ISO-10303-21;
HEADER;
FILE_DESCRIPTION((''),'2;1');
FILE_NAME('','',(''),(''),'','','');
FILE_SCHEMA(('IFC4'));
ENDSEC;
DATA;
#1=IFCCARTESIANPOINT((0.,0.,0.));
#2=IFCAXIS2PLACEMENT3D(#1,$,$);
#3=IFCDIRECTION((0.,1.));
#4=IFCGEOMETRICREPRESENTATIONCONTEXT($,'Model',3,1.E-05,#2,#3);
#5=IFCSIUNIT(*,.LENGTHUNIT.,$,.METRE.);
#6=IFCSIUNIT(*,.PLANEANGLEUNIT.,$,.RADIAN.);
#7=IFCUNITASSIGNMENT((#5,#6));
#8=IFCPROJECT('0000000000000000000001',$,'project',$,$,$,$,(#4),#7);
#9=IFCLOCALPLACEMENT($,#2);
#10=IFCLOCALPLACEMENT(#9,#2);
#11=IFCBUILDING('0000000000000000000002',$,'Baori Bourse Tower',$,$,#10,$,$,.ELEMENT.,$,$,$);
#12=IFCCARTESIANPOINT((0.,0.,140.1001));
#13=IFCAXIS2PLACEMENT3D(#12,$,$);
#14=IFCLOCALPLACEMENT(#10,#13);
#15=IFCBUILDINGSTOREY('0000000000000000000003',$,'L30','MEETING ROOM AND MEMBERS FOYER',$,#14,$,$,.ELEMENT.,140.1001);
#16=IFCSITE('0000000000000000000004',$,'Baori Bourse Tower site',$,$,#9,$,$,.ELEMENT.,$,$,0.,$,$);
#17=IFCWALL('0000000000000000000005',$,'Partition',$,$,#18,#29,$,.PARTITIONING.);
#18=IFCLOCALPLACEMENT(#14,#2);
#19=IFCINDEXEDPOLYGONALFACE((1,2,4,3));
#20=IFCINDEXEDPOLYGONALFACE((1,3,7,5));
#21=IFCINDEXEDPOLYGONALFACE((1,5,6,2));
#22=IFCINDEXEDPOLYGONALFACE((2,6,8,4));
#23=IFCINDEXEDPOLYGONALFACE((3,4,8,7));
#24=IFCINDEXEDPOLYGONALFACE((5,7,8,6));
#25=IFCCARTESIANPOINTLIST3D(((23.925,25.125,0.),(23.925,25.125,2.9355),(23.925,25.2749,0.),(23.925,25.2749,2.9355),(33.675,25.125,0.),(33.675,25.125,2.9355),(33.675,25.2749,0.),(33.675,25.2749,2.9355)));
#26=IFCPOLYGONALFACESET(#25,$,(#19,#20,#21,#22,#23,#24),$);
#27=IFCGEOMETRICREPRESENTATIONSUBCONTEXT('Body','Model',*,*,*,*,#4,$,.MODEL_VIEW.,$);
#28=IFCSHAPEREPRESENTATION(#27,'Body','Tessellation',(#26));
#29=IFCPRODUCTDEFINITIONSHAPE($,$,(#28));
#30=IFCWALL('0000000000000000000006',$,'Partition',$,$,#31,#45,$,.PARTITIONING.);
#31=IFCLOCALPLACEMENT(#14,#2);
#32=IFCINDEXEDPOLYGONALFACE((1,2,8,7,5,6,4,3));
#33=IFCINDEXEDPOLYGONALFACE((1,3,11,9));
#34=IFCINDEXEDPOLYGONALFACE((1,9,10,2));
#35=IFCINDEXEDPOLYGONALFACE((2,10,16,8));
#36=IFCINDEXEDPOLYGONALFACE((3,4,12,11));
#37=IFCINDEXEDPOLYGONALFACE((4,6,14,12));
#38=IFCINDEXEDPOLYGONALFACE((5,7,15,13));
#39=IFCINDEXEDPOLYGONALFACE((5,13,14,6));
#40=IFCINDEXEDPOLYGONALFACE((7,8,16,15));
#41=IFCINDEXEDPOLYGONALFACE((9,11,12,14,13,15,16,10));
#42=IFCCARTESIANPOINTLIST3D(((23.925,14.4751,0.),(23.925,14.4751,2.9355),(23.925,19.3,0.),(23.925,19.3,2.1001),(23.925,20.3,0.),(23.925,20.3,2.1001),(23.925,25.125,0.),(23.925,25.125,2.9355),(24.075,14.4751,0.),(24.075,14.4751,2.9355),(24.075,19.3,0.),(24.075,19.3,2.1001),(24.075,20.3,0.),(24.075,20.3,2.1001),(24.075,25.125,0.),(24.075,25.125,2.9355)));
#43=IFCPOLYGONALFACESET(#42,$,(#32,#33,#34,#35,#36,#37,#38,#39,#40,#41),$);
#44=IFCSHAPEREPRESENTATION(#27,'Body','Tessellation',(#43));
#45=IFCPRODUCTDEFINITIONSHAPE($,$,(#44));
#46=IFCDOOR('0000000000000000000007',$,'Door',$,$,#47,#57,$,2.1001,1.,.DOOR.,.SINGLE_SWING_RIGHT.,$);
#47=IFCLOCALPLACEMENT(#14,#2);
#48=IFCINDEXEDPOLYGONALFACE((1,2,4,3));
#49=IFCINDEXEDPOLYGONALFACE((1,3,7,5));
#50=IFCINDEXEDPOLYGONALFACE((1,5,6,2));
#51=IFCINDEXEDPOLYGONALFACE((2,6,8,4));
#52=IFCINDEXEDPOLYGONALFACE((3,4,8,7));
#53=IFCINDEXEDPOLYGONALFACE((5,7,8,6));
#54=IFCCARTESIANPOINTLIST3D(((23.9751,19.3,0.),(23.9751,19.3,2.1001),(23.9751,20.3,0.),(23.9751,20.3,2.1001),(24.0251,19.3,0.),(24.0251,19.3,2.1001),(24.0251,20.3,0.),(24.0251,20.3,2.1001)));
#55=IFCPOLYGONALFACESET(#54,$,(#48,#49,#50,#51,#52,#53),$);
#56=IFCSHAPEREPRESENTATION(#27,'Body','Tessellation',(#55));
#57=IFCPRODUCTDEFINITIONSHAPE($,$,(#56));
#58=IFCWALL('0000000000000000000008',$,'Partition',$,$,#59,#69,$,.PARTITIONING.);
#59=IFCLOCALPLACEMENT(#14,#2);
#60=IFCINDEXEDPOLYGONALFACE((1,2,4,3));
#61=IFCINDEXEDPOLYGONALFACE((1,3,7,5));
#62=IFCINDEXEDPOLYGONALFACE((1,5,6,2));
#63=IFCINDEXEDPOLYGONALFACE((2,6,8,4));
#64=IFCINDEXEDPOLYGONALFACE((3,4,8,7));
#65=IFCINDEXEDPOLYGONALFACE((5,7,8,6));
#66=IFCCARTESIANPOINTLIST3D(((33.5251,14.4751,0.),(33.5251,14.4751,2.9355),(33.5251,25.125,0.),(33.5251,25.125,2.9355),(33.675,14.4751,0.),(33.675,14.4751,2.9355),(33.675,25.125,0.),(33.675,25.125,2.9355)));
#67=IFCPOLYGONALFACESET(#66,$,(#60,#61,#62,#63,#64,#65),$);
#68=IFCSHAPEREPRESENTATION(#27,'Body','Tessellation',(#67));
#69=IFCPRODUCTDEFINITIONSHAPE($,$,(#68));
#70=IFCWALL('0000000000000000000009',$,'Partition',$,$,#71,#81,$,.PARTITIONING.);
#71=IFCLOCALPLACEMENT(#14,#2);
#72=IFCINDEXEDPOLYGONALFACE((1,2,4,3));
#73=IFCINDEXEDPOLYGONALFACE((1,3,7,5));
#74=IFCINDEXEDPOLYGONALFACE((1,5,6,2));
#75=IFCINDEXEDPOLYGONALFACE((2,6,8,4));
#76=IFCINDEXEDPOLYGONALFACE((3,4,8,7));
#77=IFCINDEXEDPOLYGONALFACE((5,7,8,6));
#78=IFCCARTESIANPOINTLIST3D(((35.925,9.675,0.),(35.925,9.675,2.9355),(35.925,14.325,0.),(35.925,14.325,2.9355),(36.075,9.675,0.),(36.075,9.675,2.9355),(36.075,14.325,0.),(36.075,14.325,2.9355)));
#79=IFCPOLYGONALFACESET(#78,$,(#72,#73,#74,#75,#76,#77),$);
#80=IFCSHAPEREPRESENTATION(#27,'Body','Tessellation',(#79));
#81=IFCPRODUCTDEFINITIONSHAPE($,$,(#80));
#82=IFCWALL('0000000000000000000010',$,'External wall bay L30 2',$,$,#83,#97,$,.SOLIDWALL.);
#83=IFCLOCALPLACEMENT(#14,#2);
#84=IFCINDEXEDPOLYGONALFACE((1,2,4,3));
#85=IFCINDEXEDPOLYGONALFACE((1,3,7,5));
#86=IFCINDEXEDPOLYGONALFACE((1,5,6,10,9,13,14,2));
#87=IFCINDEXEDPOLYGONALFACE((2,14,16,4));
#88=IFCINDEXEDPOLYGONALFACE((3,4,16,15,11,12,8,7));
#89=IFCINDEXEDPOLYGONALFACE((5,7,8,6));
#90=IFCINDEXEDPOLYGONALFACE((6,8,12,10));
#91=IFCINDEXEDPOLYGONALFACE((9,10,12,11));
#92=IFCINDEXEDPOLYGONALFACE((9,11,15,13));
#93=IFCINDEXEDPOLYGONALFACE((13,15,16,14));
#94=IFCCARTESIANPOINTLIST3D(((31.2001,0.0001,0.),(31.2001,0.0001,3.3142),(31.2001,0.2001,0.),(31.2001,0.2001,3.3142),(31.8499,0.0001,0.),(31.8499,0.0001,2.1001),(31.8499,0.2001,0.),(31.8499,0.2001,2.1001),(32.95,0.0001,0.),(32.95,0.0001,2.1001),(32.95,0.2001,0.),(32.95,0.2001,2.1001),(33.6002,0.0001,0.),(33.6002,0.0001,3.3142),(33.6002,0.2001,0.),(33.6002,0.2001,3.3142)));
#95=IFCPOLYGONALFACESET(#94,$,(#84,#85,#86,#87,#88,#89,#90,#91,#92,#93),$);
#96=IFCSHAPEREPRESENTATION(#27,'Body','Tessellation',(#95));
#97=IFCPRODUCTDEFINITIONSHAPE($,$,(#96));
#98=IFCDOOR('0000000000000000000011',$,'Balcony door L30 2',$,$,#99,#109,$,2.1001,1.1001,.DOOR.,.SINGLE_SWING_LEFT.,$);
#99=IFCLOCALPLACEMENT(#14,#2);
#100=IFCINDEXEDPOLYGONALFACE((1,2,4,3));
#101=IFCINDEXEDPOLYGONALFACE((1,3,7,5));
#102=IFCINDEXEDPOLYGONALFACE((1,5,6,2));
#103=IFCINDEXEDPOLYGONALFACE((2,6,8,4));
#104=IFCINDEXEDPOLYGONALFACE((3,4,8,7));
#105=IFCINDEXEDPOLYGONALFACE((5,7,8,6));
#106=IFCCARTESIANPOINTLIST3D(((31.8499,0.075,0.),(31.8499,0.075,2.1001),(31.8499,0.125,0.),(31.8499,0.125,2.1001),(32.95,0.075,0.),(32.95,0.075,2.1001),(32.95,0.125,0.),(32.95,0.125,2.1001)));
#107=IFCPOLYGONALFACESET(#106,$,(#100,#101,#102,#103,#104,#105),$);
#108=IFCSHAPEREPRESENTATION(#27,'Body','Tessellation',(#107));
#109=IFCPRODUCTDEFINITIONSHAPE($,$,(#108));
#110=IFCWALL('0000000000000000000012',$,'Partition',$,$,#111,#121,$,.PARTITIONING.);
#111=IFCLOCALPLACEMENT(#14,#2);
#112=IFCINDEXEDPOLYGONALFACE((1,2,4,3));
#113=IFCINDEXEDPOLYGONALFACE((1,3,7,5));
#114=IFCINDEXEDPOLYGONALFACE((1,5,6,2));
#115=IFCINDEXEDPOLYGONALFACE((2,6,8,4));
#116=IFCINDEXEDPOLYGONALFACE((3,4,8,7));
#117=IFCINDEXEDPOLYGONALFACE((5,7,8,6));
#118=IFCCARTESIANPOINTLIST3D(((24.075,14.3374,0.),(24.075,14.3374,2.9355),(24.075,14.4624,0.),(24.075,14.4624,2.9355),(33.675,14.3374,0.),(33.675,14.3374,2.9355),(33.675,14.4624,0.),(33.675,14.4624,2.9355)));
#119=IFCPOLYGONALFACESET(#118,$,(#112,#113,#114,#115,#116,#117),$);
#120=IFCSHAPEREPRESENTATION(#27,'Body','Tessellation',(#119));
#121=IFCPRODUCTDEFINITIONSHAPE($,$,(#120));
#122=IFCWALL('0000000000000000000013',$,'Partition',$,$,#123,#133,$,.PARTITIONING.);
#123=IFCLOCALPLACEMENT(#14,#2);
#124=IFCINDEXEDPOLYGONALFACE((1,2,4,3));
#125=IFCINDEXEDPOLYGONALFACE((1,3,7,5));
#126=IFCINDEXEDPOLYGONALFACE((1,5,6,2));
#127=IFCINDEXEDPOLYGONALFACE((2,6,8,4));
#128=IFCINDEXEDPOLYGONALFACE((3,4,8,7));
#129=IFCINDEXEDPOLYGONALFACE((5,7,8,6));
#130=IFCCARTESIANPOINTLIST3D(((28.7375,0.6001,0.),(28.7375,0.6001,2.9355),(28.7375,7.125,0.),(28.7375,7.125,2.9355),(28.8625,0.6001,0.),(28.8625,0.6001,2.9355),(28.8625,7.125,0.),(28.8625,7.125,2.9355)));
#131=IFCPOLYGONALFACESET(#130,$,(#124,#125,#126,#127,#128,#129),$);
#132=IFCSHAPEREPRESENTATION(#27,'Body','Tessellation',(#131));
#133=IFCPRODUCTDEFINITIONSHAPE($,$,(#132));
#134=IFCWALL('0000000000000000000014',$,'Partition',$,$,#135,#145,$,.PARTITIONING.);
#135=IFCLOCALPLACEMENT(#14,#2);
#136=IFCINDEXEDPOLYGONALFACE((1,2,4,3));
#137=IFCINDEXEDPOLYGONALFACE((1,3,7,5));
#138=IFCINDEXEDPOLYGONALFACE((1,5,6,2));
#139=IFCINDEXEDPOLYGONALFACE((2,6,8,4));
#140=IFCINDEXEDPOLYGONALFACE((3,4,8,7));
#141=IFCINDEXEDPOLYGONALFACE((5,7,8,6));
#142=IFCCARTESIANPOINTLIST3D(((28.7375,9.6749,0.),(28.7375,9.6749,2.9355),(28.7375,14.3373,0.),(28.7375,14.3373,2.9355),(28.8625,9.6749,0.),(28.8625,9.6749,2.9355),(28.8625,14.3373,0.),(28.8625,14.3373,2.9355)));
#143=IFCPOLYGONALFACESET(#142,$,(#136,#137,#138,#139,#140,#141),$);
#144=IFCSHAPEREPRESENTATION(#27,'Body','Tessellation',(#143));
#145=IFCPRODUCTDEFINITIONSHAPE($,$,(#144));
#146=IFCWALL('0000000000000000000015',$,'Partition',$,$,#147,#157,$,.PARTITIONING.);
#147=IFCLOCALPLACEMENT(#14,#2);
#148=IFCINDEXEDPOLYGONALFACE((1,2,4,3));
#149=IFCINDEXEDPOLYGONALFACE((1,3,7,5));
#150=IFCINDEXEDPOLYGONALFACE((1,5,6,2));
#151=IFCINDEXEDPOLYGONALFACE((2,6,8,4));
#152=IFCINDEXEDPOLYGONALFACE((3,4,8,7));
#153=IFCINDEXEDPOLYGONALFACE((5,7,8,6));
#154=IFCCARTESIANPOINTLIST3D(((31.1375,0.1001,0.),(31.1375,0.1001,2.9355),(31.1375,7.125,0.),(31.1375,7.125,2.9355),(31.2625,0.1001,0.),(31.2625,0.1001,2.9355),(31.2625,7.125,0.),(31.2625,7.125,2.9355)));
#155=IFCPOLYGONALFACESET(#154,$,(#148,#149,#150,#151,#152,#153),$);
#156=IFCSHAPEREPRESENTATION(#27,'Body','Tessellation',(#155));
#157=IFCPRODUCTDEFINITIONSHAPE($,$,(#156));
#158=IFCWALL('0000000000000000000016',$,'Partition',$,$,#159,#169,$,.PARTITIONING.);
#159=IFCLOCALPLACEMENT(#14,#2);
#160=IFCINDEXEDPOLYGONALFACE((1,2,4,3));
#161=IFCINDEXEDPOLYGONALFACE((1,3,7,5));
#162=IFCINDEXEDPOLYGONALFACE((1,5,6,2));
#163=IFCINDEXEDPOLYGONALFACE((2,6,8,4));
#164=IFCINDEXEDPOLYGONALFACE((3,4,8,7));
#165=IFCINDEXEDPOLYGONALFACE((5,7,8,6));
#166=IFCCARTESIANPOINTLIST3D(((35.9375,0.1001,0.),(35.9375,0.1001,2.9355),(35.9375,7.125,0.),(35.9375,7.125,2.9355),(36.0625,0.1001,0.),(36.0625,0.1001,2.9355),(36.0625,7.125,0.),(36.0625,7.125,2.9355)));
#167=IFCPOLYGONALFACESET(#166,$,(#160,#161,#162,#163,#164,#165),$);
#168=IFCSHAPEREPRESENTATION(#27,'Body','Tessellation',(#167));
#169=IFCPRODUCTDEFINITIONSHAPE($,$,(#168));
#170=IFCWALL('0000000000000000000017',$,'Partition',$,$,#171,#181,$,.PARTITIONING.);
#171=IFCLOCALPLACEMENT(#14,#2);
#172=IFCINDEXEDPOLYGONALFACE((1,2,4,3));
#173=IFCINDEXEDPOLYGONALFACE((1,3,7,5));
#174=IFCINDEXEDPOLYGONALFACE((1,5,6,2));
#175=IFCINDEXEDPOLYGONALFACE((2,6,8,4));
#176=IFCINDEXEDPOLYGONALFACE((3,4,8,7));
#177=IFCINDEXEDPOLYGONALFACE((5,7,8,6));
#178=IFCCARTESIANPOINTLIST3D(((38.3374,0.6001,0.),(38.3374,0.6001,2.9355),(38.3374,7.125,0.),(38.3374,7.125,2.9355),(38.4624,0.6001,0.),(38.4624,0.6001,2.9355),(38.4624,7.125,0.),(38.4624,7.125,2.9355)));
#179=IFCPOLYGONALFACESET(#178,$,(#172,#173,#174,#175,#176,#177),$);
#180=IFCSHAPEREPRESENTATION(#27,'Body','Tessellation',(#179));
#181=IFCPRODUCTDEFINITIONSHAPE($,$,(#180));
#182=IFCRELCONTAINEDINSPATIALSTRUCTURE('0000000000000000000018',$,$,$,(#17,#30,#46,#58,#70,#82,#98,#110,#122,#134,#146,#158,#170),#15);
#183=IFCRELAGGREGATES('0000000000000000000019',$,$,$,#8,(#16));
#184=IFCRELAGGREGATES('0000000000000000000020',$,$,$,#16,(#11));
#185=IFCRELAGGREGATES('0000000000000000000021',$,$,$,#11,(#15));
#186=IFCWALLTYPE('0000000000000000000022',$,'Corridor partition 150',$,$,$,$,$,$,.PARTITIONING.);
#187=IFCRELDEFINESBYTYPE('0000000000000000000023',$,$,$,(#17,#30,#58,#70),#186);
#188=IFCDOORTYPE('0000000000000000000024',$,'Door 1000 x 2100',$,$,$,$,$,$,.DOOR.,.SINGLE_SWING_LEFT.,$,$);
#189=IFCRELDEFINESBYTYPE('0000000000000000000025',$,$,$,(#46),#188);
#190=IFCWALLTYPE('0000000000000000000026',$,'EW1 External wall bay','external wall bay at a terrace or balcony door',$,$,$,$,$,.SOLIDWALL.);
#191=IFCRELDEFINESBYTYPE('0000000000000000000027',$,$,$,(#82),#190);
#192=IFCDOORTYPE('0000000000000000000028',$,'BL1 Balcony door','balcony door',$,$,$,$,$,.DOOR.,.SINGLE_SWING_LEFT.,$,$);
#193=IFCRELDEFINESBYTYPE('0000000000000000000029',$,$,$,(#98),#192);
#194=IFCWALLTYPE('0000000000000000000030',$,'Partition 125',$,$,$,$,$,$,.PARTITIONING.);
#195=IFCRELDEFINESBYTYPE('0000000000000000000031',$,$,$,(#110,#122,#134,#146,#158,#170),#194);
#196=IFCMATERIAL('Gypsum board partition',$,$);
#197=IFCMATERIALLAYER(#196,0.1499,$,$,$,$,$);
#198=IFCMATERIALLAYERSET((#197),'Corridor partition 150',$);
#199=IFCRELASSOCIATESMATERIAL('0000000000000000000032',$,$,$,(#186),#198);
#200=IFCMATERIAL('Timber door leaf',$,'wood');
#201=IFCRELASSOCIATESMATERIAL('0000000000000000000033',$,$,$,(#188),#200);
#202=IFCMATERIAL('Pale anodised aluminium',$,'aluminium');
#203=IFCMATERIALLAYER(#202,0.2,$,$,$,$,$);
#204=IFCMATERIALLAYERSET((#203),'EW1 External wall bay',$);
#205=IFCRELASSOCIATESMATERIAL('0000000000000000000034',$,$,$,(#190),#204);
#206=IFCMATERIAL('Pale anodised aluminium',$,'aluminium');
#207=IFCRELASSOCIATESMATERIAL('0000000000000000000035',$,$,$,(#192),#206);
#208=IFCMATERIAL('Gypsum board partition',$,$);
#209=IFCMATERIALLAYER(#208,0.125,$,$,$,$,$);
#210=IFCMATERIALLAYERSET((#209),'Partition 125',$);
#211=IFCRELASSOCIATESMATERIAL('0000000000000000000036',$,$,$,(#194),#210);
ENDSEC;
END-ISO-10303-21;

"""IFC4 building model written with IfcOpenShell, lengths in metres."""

from ifc_helpers import new_model, si_unit, direction, frame, frame_2d, origin, place, context, subcontext, project, spatial, rectangle, extrude, material, layer, layer_set, type_object, element, fill, save


model = new_model("IFC4")

# Units and contexts
model_context = context("Model", 3, precision=1e-05, world=origin(), true_north=direction((0.0, 1.0)))
body_context = subcontext(model_context, "Body", "Model", "MODEL_VIEW")
ifc_project = project(units=[si_unit("LENGTHUNIT", "METRE"), si_unit("PLANEANGLEUNIT", "RADIAN")], contexts=[model_context])

# Site, building, storey
site_placement = place(None, origin())
site = spatial("IfcSite", under=ifc_project, at=site_placement, Name="Baori Bourse Tower site", CompositionType="ELEMENT", RefElevation=0.0)
building_placement = place(site_placement, origin())
building = spatial("IfcBuilding", under=site, at=building_placement, Name="Baori Bourse Tower", CompositionType="ELEMENT")
storey_placement = place(building_placement, frame((0.0, 0.0, 140.1001)))
storey = spatial("IfcBuildingStorey", under=building, at=storey_placement, Name="L30", Description="MEETING ROOM AND MEMBERS FOYER", CompositionType="ELEMENT", Elevation=140.1001)

# Wall
ifc_material_1 = material(Name="Gypsum board partition")
ifc_layer_1 = layer(ifc_material_1, 0.1499)
ifc_layer_set_1 = layer_set([ifc_layer_1], Name="Corridor partition 150")
wall_type_1 = type_object("IfcWallType", Name="Corridor partition 150", PredefinedType="PARTITIONING", material=ifc_layer_set_1)
wall_1_placement = place(storey_placement, frame((23.925, 25.2, 0.0), z_axis=(0.0, 0.0, 1.0), x_axis=(1.0, 0.0, 0.0)))
element("IfcWall", 1, at=wall_1_placement, inside=storey, type_object=wall_type_1, Name="Partition", PredefinedType="PARTITIONING", context=body_context, shape_type="SweptSolid", body=[
    extrude(rectangle(XDim=9.75, YDim=0.1499, at=frame_2d((4.875, 0.0))), origin(), (0.0, 0.0, 1.0), 2.9355),
])

# Wall, opening, door
wall_2_placement = place(storey_placement, frame((24.0, 14.4751, 0.0), z_axis=(0.0, 0.0, 1.0), x_axis=(0.0, 1.0, 0.0)))
wall_2 = element("IfcWall", 2, at=wall_2_placement, inside=storey, type_object=wall_type_1, Name="Partition", PredefinedType="PARTITIONING", context=body_context, shape_type="SweptSolid", body=[
    extrude(rectangle(XDim=10.6499, YDim=0.1499, at=frame_2d((5.325, 0.0))), origin(), (0.0, 0.0, 1.0), 2.9355),
])
opening_1_placement = place(wall_2_placement, frame((4.825, 0.0, 0.0)))
opening_1 = element("IfcOpeningElement", 3, at=opening_1_placement, cuts=wall_2, PredefinedType="OPENING", context=body_context, shape_type="SweptSolid", body=[
    extrude(rectangle(XDim=1.0, YDim=2.1001, at=frame_2d((0.5, 1.05))), frame((0.0, 0.085, 0.0), z_axis=(0.0, -1.0, 0.0), x_axis=(1.0, 0.0, 0.0)), (0.0, 0.0, 1.0), 0.1699),
])
ifc_material_2 = material(Name="Timber door leaf", Category="wood")
door_type_1 = type_object("IfcDoorType", Name="Door 1000 x 2100", OperationType="SINGLE_SWING_LEFT", PredefinedType="DOOR", material=ifc_material_2)
door_1_placement = place(opening_1_placement, origin())
door_1 = element("IfcDoor", 4, at=door_1_placement, inside=storey, type_object=door_type_1, Name="Door", OperationType="SINGLE_SWING_RIGHT", OverallHeight=2.1001, OverallWidth=1.0, PredefinedType="DOOR", context=body_context, shape_type="SweptSolid", body=[
    extrude(rectangle(XDim=1.0, YDim=2.1001, at=frame_2d((0.5, 1.05))), frame((0.0, 0.0249, 0.0), z_axis=(0.0, -1.0, 0.0), x_axis=(1.0, 0.0, 0.0)), (0.0, 0.0, 1.0), 0.05),
])
fill(opening_1, door_1)

# Walls
wall_3_placement = place(storey_placement, frame((33.6001, 14.4751, 0.0), z_axis=(0.0, 0.0, 1.0), x_axis=(0.0, 1.0, 0.0)))
element("IfcWall", 5, at=wall_3_placement, inside=storey, type_object=wall_type_1, Name="Partition", PredefinedType="PARTITIONING", context=body_context, shape_type="SweptSolid", body=[
    extrude(rectangle(XDim=10.6499, YDim=0.1499, at=frame_2d((5.325, 0.0))), origin(), (0.0, 0.0, 1.0), 2.9355),
])
wall_4_placement = place(storey_placement, frame((36.0, 9.675, 0.0), z_axis=(0.0, 0.0, 1.0), x_axis=(0.0, 1.0, 0.0)))
element("IfcWall", 6, at=wall_4_placement, inside=storey, type_object=wall_type_1, Name="Partition", PredefinedType="PARTITIONING", context=body_context, shape_type="SweptSolid", body=[
    extrude(rectangle(XDim=4.6499, YDim=0.1499, at=frame_2d((2.325, 0.0))), origin(), (0.0, 0.0, 1.0), 2.9355),
])

# Wall, opening, door
ifc_material_3 = material(Name="Pale anodised aluminium", Category="aluminium")
ifc_layer_2 = layer(ifc_material_3, 0.2)
ifc_layer_set_2 = layer_set([ifc_layer_2], Name="EW1 External wall bay")
wall_type_2 = type_object("IfcWallType", Name="EW1 External wall bay", Description="external wall bay at a terrace or balcony door", PredefinedType="SOLIDWALL", material=ifc_layer_set_2)
wall_5_placement = place(storey_placement, frame((31.2, 0.1001, 0.0), z_axis=(0.0, 0.0, 1.0), x_axis=(1.0, 0.0, 0.0)))
wall_5 = element("IfcWall", 7, at=wall_5_placement, inside=storey, type_object=wall_type_2, Name="External wall bay L30 2", PredefinedType="SOLIDWALL", context=body_context, shape_type="SweptSolid", body=[
    extrude(rectangle(XDim=2.4001, YDim=0.2, at=frame_2d((1.2002, 0.0))), origin(), (0.0, 0.0, 1.0), 3.3142),
])
opening_2_placement = place(wall_5_placement, frame((0.6499, 0.0, 0.0)))
opening_2 = element("IfcOpeningElement", 8, at=opening_2_placement, cuts=wall_5, PredefinedType="OPENING", context=body_context, shape_type="SweptSolid", body=[
    extrude(rectangle(XDim=1.1001, YDim=2.1001, at=frame_2d((0.55, 1.05))), frame((0.0, 0.1099, 0.0), z_axis=(0.0, -1.0, 0.0), x_axis=(1.0, 0.0, 0.0)), (0.0, 0.0, 1.0), 0.22),
])
ifc_material_4 = material(Name="Pale anodised aluminium", Category="aluminium")
door_type_2 = type_object("IfcDoorType", Name="BL1 Balcony door", Description="balcony door", OperationType="SINGLE_SWING_LEFT", PredefinedType="DOOR", material=ifc_material_4)
door_2_placement = place(opening_2_placement, origin())
door_2 = element("IfcDoor", 9, at=door_2_placement, inside=storey, type_object=door_type_2, Name="Balcony door L30 2", OperationType="SINGLE_SWING_LEFT", OverallHeight=2.1001, OverallWidth=1.1001, PredefinedType="DOOR", context=body_context, shape_type="SweptSolid", body=[
    extrude(rectangle(XDim=1.1001, YDim=2.1001, at=frame_2d((0.55, 1.05))), frame((0.0, 0.0249, 0.0), z_axis=(0.0, -1.0, 0.0), x_axis=(1.0, 0.0, 0.0)), (0.0, 0.0, 1.0), 0.05),
])
fill(opening_2, door_2)

# Walls
ifc_material_5 = material(Name="Gypsum board partition")
ifc_layer_3 = layer(ifc_material_5, 0.125)
ifc_layer_set_3 = layer_set([ifc_layer_3], Name="Partition 125")
wall_type_3 = type_object("IfcWallType", Name="Partition 125", PredefinedType="PARTITIONING", material=ifc_layer_set_3)
wall_6_placement = place(storey_placement, frame((24.075, 14.3999, 0.0), z_axis=(0.0, 0.0, 1.0), x_axis=(1.0, 0.0, 0.0)))
element("IfcWall", 10, at=wall_6_placement, inside=storey, type_object=wall_type_3, Name="Partition", PredefinedType="PARTITIONING", context=body_context, shape_type="SweptSolid", body=[
    extrude(rectangle(XDim=9.6001, YDim=0.125, at=frame_2d((4.8, 0.0))), origin(), (0.0, 0.0, 1.0), 2.9355),
])
wall_7_placement = place(storey_placement, frame((28.8, 0.6001, 0.0), z_axis=(0.0, 0.0, 1.0), x_axis=(0.0, 1.0, 0.0)))
element("IfcWall", 11, at=wall_7_placement, inside=storey, type_object=wall_type_3, Name="Partition", PredefinedType="PARTITIONING", context=body_context, shape_type="SweptSolid", body=[
    extrude(rectangle(XDim=6.5249, YDim=0.125, at=frame_2d((3.2625, 0.0))), origin(), (0.0, 0.0, 1.0), 2.9355),
])
wall_8_placement = place(storey_placement, frame((28.8, 9.675, 0.0), z_axis=(0.0, 0.0, 1.0), x_axis=(0.0, 1.0, 0.0)))
element("IfcWall", 12, at=wall_8_placement, inside=storey, type_object=wall_type_3, Name="Partition", PredefinedType="PARTITIONING", context=body_context, shape_type="SweptSolid", body=[
    extrude(rectangle(XDim=4.6624, YDim=0.125, at=frame_2d((2.3311, 0.0))), origin(), (0.0, 0.0, 1.0), 2.9355),
])
for number, where, z_axis, x_axis, name in (
    (13, (31.2, 0.1001, 0.0), (0.0, 0.0, 1.0), (0.0, 1.0, 0.0), "Partition"),
    (14, (36.0, 0.1001, 0.0), (0.0, 0.0, 1.0), (0.0, 1.0, 0.0), "Partition"),
):
    element("IfcWall", number, at=place(storey_placement, frame(where, z_axis=z_axis, x_axis=x_axis)), inside=storey, type_object=wall_type_3, Name=name, PredefinedType="PARTITIONING", context=body_context, shape_type="SweptSolid", body=[
        extrude(rectangle(XDim=7.0249, YDim=0.125, at=frame_2d((3.5125, 0.0))), origin(), (0.0, 0.0, 1.0), 2.9355),
    ])
wall_9_placement = place(storey_placement, frame((38.3999, 0.6001, 0.0), z_axis=(0.0, 0.0, 1.0), x_axis=(0.0, 1.0, 0.0)))
element("IfcWall", 15, at=wall_9_placement, inside=storey, type_object=wall_type_3, Name="Partition", PredefinedType="PARTITIONING", context=body_context, shape_type="SweptSolid", body=[
    extrude(rectangle(XDim=6.5249, YDim=0.125, at=frame_2d((3.2625, 0.0))), origin(), (0.0, 0.0, 1.0), 2.9355),
])

save(model, "model.ifc")
